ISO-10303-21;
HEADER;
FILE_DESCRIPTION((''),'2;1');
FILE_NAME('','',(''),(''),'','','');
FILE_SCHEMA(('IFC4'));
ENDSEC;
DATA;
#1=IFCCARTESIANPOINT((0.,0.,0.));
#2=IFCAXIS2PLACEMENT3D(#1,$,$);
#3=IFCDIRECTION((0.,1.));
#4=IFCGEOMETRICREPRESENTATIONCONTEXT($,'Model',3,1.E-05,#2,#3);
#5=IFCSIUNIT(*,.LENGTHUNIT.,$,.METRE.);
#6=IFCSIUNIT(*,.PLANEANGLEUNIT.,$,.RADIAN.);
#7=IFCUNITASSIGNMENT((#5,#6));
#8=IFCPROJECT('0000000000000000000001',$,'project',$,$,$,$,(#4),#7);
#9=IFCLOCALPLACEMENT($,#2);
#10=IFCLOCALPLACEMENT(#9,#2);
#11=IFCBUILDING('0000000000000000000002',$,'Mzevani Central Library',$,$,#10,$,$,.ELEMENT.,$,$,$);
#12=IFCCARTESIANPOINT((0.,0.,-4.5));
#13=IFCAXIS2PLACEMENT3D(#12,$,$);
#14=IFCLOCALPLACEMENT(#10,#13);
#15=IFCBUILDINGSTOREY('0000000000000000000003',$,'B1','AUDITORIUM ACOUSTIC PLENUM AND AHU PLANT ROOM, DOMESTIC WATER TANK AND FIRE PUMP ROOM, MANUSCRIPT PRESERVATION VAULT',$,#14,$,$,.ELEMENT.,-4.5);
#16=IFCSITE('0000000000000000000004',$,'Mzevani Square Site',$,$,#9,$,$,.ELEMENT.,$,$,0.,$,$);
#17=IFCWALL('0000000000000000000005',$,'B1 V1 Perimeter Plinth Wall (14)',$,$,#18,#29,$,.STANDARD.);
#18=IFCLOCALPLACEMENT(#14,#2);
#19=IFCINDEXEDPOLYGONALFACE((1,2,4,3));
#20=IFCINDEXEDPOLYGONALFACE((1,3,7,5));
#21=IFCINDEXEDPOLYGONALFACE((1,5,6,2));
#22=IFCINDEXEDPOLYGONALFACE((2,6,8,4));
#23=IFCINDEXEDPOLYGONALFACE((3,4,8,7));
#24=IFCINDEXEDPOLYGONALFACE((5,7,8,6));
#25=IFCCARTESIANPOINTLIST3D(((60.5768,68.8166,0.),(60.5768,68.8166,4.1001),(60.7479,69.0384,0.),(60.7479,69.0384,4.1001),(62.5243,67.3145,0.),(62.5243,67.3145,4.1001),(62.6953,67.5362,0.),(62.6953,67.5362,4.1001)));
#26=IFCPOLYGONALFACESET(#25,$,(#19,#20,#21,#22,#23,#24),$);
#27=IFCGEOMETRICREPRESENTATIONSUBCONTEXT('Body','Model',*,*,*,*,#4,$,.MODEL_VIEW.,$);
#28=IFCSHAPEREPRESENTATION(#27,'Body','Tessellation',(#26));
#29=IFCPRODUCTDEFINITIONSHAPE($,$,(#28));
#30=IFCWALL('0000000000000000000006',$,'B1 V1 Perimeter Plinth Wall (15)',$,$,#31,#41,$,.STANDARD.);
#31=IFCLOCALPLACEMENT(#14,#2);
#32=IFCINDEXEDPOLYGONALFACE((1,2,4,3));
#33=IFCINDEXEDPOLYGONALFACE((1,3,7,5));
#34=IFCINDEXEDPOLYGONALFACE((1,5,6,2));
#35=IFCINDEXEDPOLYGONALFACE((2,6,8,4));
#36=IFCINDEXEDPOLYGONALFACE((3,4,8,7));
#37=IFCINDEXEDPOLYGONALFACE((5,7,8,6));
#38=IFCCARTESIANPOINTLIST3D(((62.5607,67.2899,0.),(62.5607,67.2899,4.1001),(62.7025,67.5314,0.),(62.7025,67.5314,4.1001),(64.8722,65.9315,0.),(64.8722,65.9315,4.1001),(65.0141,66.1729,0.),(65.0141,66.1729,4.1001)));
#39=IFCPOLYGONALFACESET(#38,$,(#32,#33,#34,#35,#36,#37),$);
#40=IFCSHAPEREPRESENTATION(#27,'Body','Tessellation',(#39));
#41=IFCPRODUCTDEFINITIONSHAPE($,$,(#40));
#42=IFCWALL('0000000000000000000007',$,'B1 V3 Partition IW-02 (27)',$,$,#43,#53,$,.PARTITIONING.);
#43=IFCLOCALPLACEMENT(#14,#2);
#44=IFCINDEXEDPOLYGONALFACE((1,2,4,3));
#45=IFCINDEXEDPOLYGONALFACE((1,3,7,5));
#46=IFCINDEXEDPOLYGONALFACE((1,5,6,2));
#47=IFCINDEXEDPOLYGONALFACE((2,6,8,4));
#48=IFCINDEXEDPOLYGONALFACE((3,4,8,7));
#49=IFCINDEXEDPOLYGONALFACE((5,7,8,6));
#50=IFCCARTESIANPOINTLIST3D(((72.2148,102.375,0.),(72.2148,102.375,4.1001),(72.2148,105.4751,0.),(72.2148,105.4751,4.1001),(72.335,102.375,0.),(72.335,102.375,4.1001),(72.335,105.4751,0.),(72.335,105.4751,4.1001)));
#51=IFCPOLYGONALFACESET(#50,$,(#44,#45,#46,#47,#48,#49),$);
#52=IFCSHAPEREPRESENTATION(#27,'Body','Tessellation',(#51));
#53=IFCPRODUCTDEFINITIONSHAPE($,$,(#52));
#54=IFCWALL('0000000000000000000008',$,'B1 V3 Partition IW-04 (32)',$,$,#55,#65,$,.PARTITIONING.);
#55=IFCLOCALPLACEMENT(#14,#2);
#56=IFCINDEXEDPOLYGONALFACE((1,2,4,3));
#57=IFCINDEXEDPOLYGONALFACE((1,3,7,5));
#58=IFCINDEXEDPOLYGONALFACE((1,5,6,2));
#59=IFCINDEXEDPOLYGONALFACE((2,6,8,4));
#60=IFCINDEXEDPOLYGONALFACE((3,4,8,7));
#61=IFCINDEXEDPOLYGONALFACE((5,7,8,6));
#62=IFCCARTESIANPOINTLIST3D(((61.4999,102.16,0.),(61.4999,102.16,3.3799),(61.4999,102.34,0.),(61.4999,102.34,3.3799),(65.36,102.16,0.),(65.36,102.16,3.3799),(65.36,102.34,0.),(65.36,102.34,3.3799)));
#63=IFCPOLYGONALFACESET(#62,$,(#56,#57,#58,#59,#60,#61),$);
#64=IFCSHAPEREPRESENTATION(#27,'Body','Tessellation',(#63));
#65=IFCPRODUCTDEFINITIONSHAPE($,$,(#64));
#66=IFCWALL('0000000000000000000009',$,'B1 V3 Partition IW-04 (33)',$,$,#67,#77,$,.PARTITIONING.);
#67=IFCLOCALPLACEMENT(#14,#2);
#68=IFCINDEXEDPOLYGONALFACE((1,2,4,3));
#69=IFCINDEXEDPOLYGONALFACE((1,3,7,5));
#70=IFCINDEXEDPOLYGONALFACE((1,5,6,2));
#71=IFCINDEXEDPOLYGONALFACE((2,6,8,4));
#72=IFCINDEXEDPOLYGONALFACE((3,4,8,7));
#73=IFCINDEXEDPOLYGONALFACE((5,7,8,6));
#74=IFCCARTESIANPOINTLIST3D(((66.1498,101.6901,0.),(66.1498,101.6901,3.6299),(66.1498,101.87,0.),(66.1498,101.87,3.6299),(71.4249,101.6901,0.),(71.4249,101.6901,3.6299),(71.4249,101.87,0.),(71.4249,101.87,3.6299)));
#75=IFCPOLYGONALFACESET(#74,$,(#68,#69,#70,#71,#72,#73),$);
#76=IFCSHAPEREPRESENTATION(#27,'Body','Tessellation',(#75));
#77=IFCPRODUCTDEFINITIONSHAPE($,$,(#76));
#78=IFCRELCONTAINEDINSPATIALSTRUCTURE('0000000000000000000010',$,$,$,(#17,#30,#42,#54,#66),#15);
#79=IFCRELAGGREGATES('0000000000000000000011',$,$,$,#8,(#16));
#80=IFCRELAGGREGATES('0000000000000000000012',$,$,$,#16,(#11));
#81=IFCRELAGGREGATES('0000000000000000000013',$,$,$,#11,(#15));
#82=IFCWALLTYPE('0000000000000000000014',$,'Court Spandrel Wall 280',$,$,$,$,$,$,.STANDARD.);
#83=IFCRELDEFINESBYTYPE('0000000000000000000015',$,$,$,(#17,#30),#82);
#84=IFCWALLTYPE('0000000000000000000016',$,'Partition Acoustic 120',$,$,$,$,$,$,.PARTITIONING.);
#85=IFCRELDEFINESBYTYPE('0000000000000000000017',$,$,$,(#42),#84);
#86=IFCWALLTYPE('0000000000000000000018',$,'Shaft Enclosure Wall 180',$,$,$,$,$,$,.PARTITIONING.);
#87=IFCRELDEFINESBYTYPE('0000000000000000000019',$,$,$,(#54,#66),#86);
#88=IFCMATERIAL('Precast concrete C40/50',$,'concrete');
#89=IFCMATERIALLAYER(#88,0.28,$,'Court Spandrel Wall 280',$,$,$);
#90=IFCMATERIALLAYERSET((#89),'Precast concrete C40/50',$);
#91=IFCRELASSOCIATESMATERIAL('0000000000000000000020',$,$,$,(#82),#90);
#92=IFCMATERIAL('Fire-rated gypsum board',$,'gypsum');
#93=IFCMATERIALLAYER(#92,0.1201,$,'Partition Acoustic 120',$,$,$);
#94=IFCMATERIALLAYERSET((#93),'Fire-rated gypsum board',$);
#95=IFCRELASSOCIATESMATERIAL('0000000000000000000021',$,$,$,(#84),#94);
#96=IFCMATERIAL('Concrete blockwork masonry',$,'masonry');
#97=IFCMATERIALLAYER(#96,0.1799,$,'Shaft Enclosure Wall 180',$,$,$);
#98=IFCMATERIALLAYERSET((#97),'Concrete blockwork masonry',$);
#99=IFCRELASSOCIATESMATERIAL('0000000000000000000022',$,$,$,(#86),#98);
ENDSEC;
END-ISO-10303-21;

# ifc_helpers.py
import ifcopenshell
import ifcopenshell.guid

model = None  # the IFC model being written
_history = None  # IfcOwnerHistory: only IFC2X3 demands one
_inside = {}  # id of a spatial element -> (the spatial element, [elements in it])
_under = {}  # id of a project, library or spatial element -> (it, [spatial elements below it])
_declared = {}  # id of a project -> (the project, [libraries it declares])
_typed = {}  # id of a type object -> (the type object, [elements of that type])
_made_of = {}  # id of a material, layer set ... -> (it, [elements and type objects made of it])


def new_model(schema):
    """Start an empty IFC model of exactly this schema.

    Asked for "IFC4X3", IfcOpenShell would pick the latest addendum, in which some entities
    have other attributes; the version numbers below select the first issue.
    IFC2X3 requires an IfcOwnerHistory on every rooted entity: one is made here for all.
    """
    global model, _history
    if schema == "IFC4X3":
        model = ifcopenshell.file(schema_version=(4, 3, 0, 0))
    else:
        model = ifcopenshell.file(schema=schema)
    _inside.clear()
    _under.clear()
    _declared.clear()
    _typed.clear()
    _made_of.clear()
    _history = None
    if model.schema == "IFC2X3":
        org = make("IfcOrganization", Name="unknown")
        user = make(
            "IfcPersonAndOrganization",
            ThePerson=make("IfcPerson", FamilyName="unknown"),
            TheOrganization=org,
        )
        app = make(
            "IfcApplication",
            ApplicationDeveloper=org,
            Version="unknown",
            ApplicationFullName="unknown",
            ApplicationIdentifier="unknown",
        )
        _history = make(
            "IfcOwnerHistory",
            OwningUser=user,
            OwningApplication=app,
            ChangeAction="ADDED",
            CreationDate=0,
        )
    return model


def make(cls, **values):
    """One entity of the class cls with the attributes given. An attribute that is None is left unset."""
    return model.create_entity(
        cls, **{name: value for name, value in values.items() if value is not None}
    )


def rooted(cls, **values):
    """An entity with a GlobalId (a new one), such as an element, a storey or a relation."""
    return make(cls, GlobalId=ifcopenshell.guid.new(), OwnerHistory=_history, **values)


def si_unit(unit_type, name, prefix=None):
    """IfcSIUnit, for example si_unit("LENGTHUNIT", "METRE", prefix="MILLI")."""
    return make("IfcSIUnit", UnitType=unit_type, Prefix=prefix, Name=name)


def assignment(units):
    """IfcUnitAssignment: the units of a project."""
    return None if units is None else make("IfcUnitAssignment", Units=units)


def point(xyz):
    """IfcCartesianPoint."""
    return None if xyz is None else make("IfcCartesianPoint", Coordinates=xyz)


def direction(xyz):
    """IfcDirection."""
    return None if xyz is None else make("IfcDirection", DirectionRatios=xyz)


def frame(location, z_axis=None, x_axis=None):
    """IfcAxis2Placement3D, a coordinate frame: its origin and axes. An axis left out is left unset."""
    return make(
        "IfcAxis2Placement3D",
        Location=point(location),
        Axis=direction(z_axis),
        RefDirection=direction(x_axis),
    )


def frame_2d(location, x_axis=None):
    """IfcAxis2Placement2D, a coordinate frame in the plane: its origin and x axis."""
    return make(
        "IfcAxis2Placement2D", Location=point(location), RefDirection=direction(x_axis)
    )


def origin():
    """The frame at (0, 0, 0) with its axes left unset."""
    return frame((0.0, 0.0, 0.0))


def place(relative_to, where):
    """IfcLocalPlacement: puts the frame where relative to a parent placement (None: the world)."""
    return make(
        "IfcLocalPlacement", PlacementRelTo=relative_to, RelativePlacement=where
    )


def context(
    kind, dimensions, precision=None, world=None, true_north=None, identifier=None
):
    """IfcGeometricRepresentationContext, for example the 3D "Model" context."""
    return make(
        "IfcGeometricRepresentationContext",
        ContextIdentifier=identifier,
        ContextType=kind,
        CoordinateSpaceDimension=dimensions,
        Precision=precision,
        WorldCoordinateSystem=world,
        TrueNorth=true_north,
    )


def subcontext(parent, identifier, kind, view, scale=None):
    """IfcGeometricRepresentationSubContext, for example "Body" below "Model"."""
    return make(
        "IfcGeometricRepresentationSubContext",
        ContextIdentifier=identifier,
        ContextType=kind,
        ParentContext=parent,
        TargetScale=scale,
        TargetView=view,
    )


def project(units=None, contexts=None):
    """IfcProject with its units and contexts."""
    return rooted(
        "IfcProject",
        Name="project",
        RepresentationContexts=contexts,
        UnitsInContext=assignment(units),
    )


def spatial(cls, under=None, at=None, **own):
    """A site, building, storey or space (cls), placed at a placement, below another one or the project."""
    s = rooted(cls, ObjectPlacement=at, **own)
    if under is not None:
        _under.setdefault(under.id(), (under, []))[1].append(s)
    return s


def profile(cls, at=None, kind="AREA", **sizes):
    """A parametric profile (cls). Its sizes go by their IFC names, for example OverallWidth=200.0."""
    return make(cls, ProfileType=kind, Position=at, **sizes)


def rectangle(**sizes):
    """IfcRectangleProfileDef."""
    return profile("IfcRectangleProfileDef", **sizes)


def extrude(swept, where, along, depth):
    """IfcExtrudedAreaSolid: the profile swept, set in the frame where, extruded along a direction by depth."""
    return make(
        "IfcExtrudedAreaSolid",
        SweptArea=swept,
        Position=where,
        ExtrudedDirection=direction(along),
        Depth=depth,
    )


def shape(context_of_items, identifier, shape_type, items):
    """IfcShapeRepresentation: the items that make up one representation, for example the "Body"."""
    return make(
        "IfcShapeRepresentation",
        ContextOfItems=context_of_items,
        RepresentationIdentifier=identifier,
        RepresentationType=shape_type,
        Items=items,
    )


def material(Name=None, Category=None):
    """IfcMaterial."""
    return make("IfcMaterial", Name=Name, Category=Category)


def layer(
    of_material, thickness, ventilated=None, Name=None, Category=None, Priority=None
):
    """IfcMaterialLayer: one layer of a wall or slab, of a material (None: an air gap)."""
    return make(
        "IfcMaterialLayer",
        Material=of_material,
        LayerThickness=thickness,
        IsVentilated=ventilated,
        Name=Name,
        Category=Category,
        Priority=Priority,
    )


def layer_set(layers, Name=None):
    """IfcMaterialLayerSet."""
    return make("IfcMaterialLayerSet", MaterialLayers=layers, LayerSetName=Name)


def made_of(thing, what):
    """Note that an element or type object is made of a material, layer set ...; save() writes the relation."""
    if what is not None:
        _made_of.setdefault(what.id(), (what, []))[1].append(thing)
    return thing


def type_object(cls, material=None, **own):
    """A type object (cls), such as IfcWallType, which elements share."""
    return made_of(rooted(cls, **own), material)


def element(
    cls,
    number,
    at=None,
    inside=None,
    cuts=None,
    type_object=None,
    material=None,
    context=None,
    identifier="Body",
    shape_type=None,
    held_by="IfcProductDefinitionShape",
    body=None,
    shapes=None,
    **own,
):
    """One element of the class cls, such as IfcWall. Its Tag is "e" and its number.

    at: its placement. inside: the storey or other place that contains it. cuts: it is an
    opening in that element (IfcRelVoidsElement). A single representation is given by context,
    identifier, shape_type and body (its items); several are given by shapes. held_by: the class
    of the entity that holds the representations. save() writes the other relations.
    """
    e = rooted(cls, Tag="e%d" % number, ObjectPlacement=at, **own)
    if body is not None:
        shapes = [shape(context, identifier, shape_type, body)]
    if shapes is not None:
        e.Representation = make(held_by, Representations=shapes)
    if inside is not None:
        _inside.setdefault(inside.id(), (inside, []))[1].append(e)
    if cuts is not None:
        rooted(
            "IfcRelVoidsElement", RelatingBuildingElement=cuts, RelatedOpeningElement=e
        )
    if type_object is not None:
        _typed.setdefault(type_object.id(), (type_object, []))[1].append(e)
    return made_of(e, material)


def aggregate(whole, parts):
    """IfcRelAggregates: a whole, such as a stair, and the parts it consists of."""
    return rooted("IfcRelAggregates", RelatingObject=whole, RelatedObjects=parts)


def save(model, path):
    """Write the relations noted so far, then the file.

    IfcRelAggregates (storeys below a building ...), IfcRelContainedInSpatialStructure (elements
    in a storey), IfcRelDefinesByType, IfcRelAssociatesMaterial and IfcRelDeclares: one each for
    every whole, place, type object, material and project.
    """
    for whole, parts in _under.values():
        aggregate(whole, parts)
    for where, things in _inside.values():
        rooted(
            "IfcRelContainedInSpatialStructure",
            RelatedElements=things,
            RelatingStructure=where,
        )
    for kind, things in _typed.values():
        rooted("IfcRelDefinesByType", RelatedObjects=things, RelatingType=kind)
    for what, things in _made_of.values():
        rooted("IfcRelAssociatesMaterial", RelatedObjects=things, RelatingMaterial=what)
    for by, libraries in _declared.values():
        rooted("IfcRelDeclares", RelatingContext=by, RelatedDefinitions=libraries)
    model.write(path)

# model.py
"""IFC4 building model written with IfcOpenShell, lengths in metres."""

from ifc_helpers import new_model, si_unit, direction, frame, frame_2d, origin, place, context, subcontext, project, spatial, rectangle, extrude, material, layer, layer_set, type_object, element, save


model = new_model("IFC4")

# Units and contexts
model_context = context("Model", 3, precision=1e-05, world=origin(), true_north=direction((0.0, 1.0)))
body_context = subcontext(model_context, "Body", "Model", "MODEL_VIEW")
ifc_project = project(units=[si_unit("LENGTHUNIT", "METRE"), si_unit("PLANEANGLEUNIT", "RADIAN")], contexts=[model_context])

# Site, building, storey
site_placement = place(None, origin())
site = spatial("IfcSite", under=ifc_project, at=site_placement, Name="Mzevani Square Site", CompositionType="ELEMENT", RefElevation=0.0)
building_placement = place(site_placement, origin())
building = spatial("IfcBuilding", under=site, at=building_placement, Name="Mzevani Central Library", CompositionType="ELEMENT")
storey_placement = place(building_placement, frame((0.0, 0.0, -4.5)))
storey = spatial("IfcBuildingStorey", under=building, at=storey_placement, Name="B1", Description="AUDITORIUM ACOUSTIC PLENUM AND AHU PLANT ROOM, DOMESTIC WATER TANK AND FIRE PUMP ROOM, MANUSCRIPT PRESERVATION VAULT", CompositionType="ELEMENT", Elevation=-4.5)

# Walls
ifc_material_1 = material(Name="Precast concrete C40/50", Category="concrete")
ifc_layer_1 = layer(ifc_material_1, 0.28, Name="Court Spandrel Wall 280")
ifc_layer_set_1 = layer_set([ifc_layer_1], Name="Precast concrete C40/50")
wall_type_1 = type_object("IfcWallType", Name="Court Spandrel Wall 280", PredefinedType="STANDARD", material=ifc_layer_set_1)
wall_1_placement = place(storey_placement, frame((60.6624, 68.9275, 0.0), z_axis=(0.0, 0.0, 1.0), x_axis=(0.791815, -0.610761, 0.0)))
element("IfcWall", 1, at=wall_1_placement, inside=storey, type_object=wall_type_1, Name="B1 V1 Perimeter Plinth Wall (14)", PredefinedType="STANDARD", context=body_context, shape_type="SweptSolid", body=[
    extrude(rectangle(XDim=2.4595, YDim=0.28, at=frame_2d((1.2297, 0.0))), origin(), (0.0, 0.0, 1.0), 4.1001),
])
wall_2_placement = place(storey_placement, frame((62.6316, 67.4106, 0.0), z_axis=(0.0, 0.0, 1.0), x_axis=(0.862149, -0.506654, 0.0)))
element("IfcWall", 2, at=wall_2_placement, inside=storey, type_object=wall_type_1, Name="B1 V1 Perimeter Plinth Wall (15)", PredefinedType="STANDARD", context=body_context, shape_type="SweptSolid", body=[
    extrude(rectangle(XDim=2.6812, YDim=0.28, at=frame_2d((1.3406, 0.0))), origin(), (0.0, 0.0, 1.0), 4.1001),
])
ifc_material_2 = material(Name="Fire-rated gypsum board", Category="gypsum")
ifc_layer_2 = layer(ifc_material_2, 0.1201, Name="Partition Acoustic 120")
ifc_layer_set_2 = layer_set([ifc_layer_2], Name="Fire-rated gypsum board")
wall_type_2 = type_object("IfcWallType", Name="Partition Acoustic 120", PredefinedType="PARTITIONING", material=ifc_layer_set_2)
wall_3_placement = place(storey_placement, frame((72.2749, 102.375, 0.0), z_axis=(0.0, 0.0, 1.0), x_axis=(0.0, 1.0, 0.0)))
element("IfcWall", 3, at=wall_3_placement, inside=storey, type_object=wall_type_2, Name="B1 V3 Partition IW-02 (27)", PredefinedType="PARTITIONING", context=body_context, shape_type="SweptSolid", body=[
    extrude(rectangle(XDim=3.1001, YDim=0.1201, at=frame_2d((1.55, 0.0))), origin(), (0.0, 0.0, 1.0), 4.1001),
])
ifc_material_3 = material(Name="Concrete blockwork masonry", Category="masonry")
ifc_layer_3 = layer(ifc_material_3, 0.1799, Name="Shaft Enclosure Wall 180")
ifc_layer_set_3 = layer_set([ifc_layer_3], Name="Concrete blockwork masonry")
wall_type_3 = type_object("IfcWallType", Name="Shaft Enclosure Wall 180", PredefinedType="PARTITIONING", material=ifc_layer_set_3)
wall_4_placement = place(storey_placement, frame((65.3601, 102.25, 0.0), z_axis=(0.0, 0.0, 1.0), x_axis=(-1.0, 0.0, 0.0)))
element("IfcWall", 4, at=wall_4_placement, inside=storey, type_object=wall_type_3, Name="B1 V3 Partition IW-04 (32)", PredefinedType="PARTITIONING", context=body_context, shape_type="SweptSolid", body=[
    extrude(rectangle(XDim=3.8601, YDim=0.1799, at=frame_2d((1.9302, 0.0))), origin(), (0.0, 0.0, 1.0), 3.3799),
])
wall_5_placement = place(storey_placement, frame((71.425, 101.78, 0.0), z_axis=(0.0, 0.0, 1.0), x_axis=(-1.0, 0.0, 0.0)))
element("IfcWall", 5, at=wall_5_placement, inside=storey, type_object=wall_type_3, Name="B1 V3 Partition IW-04 (33)", PredefinedType="PARTITIONING", context=body_context, shape_type="SweptSolid", body=[
    extrude(rectangle(XDim=5.2751, YDim=0.1799, at=frame_2d((2.6377, 0.0))), origin(), (0.0, 0.0, 1.0), 3.6299),
])

save(model, "model.ifc")
